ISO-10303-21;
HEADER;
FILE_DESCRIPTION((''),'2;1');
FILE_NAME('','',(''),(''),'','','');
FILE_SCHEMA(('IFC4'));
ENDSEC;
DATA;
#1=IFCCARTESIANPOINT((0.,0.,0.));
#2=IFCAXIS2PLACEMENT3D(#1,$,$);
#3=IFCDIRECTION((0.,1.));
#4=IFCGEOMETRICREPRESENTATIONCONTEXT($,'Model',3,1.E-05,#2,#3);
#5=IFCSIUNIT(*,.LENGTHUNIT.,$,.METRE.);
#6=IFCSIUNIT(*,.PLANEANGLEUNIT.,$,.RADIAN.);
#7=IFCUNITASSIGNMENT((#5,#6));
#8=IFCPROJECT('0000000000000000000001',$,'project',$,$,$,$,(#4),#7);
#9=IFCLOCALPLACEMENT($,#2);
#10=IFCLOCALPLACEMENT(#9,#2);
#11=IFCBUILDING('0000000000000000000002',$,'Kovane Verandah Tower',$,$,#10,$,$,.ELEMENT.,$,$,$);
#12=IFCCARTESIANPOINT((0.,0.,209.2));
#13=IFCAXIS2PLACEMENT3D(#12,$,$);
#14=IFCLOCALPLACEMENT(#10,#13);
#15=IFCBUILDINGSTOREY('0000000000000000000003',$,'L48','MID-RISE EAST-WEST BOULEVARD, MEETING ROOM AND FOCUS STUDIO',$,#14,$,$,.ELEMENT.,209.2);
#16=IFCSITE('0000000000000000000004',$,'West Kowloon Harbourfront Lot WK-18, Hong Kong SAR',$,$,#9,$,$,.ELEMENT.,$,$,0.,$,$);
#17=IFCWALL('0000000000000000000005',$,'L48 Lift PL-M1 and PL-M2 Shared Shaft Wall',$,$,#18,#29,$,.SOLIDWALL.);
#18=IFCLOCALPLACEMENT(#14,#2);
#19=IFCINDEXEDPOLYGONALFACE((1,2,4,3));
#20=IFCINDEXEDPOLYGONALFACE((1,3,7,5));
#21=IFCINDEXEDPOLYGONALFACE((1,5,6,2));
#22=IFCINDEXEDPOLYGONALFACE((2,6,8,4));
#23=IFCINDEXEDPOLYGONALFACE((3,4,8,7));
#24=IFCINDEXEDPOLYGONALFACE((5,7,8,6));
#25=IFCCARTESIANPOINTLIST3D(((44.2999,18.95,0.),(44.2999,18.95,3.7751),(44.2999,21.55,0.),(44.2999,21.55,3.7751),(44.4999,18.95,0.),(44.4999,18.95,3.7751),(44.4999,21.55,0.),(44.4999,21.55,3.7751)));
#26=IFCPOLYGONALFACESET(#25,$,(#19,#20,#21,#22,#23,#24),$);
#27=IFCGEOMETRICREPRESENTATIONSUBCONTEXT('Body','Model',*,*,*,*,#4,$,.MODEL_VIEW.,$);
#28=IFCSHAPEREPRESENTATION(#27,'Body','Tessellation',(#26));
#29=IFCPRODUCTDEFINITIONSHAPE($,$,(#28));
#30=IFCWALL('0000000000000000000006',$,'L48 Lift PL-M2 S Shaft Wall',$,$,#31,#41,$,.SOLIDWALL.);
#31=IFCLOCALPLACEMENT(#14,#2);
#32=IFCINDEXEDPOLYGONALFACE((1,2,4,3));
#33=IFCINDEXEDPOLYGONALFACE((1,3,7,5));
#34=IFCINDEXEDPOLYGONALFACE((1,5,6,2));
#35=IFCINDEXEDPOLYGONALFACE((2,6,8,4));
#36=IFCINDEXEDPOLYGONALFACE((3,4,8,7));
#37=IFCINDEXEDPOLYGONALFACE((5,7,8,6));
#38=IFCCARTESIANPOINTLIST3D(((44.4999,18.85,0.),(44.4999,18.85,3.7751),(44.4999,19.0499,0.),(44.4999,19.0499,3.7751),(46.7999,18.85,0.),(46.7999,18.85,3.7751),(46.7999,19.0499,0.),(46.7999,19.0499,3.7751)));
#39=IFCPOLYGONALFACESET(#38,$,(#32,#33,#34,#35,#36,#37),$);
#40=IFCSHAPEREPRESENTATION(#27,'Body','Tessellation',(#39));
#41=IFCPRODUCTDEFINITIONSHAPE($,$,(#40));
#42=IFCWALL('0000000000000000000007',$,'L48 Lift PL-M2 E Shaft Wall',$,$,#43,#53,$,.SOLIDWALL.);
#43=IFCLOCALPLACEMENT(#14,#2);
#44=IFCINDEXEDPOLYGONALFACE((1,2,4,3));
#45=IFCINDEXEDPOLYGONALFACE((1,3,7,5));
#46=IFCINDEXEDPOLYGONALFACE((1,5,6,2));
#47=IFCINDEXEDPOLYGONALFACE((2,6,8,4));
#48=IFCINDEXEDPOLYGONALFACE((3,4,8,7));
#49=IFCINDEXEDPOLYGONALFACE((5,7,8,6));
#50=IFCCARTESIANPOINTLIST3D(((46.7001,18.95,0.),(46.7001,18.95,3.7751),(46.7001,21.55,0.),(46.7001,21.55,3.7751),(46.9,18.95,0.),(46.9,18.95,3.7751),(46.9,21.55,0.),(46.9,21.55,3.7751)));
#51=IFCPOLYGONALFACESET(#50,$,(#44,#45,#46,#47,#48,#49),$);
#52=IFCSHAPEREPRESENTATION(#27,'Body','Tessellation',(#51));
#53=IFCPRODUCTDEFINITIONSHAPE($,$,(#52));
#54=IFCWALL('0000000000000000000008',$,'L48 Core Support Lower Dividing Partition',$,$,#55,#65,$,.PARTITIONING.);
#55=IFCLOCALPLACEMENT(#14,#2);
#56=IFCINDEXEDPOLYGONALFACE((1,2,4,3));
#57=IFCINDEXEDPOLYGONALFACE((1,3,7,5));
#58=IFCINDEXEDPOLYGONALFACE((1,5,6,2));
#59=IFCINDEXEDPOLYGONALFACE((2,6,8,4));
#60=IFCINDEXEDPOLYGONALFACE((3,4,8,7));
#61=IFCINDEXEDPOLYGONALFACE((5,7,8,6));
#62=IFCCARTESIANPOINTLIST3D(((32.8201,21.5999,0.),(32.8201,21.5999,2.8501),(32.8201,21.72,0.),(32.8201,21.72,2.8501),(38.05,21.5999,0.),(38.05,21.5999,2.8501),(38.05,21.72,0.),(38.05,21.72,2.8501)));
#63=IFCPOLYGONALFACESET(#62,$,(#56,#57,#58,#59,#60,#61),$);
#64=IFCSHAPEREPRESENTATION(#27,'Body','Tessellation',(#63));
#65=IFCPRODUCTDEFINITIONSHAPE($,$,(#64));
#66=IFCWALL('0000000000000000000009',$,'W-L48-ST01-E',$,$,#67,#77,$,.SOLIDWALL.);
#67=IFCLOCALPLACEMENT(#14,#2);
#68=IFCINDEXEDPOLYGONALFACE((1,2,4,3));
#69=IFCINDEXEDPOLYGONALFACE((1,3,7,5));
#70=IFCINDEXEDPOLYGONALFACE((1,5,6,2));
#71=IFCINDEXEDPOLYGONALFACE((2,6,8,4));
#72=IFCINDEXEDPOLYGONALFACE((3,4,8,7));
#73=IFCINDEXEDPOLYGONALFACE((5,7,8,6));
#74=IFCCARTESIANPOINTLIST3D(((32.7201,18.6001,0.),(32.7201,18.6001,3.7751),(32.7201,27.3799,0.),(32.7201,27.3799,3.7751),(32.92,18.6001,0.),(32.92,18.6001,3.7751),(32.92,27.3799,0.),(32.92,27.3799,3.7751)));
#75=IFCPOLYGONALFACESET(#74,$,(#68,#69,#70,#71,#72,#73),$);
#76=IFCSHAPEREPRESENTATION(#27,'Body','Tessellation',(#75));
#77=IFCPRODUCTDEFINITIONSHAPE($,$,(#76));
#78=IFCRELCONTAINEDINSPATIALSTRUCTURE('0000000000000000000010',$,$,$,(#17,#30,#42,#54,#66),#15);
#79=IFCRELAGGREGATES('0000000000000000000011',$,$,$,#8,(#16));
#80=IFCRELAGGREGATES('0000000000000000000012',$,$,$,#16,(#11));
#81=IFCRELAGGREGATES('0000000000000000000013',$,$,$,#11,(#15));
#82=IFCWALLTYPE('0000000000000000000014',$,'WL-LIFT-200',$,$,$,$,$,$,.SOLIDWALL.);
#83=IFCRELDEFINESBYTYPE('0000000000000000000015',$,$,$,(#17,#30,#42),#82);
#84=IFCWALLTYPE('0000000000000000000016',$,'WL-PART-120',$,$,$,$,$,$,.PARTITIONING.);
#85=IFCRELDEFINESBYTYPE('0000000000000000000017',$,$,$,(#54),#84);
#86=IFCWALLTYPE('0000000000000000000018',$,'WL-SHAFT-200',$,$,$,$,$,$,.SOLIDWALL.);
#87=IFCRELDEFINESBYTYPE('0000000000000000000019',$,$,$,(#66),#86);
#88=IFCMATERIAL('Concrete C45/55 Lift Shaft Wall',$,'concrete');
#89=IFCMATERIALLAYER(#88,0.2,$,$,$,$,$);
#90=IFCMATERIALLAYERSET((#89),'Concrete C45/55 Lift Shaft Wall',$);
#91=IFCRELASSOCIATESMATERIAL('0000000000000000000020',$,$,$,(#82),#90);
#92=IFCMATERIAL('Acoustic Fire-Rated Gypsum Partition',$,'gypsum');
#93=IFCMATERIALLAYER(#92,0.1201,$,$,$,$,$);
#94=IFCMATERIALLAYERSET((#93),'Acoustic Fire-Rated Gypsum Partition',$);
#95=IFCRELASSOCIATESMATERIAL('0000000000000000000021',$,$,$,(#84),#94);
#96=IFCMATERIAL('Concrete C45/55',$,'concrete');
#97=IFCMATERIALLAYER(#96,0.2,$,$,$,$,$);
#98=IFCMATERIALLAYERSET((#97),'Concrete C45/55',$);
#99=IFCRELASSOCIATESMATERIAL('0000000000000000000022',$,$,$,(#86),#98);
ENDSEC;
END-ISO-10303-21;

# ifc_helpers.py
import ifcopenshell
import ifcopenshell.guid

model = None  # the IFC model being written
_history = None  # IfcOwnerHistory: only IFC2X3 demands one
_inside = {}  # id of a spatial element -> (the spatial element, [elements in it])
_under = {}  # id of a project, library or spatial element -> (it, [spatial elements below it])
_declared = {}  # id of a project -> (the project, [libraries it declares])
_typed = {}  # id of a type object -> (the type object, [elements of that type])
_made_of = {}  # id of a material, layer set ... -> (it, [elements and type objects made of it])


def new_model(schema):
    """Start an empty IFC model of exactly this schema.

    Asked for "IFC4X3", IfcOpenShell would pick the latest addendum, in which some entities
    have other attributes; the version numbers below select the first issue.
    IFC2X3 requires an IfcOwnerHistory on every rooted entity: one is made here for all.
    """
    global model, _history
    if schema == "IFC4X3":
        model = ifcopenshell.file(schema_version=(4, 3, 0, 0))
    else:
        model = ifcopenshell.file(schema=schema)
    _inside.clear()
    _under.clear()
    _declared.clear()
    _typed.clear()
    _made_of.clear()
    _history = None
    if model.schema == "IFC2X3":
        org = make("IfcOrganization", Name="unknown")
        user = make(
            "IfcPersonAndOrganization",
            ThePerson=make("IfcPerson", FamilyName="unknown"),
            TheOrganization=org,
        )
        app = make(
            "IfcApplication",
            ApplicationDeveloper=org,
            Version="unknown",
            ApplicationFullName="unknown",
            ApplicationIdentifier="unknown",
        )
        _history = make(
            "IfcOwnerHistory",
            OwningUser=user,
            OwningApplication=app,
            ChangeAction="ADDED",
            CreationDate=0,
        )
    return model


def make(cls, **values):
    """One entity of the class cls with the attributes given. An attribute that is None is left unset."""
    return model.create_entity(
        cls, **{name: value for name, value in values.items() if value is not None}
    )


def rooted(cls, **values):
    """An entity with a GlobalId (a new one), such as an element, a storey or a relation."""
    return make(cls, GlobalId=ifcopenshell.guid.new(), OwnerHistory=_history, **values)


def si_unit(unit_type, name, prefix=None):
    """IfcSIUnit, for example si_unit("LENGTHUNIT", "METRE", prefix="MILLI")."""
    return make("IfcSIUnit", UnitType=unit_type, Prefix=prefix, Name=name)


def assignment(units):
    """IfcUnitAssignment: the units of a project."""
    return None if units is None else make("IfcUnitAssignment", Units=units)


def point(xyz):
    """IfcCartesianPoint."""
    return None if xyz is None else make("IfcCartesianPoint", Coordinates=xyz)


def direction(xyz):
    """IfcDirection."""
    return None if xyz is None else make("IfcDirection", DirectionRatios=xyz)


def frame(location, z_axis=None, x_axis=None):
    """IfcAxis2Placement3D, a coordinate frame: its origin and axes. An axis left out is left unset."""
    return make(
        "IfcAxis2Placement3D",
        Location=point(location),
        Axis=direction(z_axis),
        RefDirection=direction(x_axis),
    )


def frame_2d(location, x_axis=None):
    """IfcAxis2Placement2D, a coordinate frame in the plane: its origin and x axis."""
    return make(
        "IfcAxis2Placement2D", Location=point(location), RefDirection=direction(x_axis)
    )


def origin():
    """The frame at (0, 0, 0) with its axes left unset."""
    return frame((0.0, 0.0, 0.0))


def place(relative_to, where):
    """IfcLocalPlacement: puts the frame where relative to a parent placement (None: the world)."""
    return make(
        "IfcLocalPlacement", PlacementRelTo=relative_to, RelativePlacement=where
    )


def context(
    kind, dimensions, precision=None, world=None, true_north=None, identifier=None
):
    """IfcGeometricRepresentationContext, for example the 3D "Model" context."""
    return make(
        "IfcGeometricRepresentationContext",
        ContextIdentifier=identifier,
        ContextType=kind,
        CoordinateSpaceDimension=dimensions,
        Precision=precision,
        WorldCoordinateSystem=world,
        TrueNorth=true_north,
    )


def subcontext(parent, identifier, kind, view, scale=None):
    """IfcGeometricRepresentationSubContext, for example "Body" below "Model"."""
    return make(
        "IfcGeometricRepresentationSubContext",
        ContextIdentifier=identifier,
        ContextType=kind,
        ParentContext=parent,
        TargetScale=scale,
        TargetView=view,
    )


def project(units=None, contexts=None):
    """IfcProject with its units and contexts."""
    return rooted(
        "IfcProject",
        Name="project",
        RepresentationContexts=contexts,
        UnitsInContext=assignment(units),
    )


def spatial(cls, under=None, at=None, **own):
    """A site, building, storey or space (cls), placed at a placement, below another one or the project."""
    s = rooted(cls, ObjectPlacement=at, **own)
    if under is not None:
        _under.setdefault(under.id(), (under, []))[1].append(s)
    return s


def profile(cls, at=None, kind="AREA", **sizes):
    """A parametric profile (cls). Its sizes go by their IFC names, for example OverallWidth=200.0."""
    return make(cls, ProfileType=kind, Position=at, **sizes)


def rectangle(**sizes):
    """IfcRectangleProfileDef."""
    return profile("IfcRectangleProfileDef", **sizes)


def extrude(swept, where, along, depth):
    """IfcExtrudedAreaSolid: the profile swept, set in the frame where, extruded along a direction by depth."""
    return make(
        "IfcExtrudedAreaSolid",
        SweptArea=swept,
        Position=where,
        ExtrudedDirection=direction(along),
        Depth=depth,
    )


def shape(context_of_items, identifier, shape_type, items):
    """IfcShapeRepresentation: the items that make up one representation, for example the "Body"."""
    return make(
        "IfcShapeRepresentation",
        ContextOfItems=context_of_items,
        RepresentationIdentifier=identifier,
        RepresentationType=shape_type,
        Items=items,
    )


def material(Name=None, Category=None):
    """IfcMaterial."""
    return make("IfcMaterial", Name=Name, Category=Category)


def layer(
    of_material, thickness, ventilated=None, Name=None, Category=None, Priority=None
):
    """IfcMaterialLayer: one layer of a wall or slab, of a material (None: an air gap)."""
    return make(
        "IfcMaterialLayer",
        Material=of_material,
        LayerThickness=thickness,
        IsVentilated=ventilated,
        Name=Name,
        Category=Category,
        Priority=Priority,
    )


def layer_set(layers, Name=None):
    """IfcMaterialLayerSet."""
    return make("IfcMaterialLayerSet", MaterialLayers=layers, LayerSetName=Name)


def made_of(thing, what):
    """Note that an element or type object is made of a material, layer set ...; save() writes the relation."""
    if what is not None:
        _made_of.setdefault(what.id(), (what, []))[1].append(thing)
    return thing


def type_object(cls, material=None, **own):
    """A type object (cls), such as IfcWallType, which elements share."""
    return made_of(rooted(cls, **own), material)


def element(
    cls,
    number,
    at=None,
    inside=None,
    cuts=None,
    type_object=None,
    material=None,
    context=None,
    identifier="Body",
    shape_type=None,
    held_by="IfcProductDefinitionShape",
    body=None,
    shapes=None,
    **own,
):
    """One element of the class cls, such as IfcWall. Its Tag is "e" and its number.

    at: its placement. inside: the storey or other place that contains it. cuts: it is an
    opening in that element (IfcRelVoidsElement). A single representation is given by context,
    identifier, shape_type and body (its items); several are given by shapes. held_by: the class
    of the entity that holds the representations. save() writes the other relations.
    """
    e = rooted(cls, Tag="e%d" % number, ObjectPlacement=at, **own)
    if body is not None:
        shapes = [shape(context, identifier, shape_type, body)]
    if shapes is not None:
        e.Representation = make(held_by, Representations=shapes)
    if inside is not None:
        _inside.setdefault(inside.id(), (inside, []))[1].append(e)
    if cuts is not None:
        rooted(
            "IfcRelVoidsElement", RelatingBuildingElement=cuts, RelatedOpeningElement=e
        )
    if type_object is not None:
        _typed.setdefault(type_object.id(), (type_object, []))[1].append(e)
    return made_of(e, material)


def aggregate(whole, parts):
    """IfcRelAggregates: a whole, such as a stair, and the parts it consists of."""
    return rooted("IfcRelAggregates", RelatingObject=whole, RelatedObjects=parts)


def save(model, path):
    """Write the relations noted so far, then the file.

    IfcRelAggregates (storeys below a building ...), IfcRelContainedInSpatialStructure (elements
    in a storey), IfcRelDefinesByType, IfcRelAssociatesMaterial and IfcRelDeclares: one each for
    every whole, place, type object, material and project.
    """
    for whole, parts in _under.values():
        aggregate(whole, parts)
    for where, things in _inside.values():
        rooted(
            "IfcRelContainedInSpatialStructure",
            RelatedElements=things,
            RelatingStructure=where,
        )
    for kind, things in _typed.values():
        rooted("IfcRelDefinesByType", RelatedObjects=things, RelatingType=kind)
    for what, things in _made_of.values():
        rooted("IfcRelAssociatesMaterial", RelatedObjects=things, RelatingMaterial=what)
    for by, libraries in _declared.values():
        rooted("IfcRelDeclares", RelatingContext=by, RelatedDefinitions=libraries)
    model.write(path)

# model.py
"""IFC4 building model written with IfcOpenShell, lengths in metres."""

from ifc_helpers import new_model, si_unit, direction, frame, frame_2d, origin, place, context, subcontext, project, spatial, rectangle, extrude, material, layer, layer_set, type_object, element, save


model = new_model("IFC4")

# Units and contexts
model_context = context("Model", 3, precision=1e-05, world=origin(), true_north=direction((0.0, 1.0)))
body_context = subcontext(model_context, "Body", "Model", "MODEL_VIEW")
ifc_project = project(units=[si_unit("LENGTHUNIT", "METRE"), si_unit("PLANEANGLEUNIT", "RADIAN")], contexts=[model_context])

# Site, building, storey
site_placement = place(None, origin())
site = spatial("IfcSite", under=ifc_project, at=site_placement, Name="West Kowloon Harbourfront Lot WK-18, Hong Kong SAR", CompositionType="ELEMENT", RefElevation=0.0)
building_placement = place(site_placement, origin())
building = spatial("IfcBuilding", under=site, at=building_placement, Name="Kovane Verandah Tower", CompositionType="ELEMENT")
storey_placement = place(building_placement, frame((0.0, 0.0, 209.2)))
storey = spatial("IfcBuildingStorey", under=building, at=storey_placement, Name="L48", Description="MID-RISE EAST-WEST BOULEVARD, MEETING ROOM AND FOCUS STUDIO", CompositionType="ELEMENT", Elevation=209.2)

# Shared definitions
ifc_material_1 = material(Name="Concrete C45/55 Lift Shaft Wall", Category="concrete")
ifc_layer_1 = layer(ifc_material_1, 0.2)
ifc_layer_set_1 = layer_set([ifc_layer_1], Name="Concrete C45/55 Lift Shaft Wall")
wall_type_1 = type_object("IfcWallType", Name="WL-LIFT-200", PredefinedType="SOLIDWALL", material=ifc_layer_set_1)

# Walls
wall_1_placement = place(storey_placement, frame((44.3999, 18.95, 0.0), z_axis=(0.0, 0.0, 1.0), x_axis=(0.0, 1.0, 0.0)))
element("IfcWall", 1, at=wall_1_placement, inside=storey, type_object=wall_type_1, Name="L48 Lift PL-M1 and PL-M2 Shared Shaft Wall", PredefinedType="SOLIDWALL", context=body_context, shape_type="SweptSolid", body=[
    extrude(rectangle(XDim=2.6001, YDim=0.2, at=frame_2d((1.3, 0.0))), origin(), (0.0, 0.0, 1.0), 3.7751),
])
wall_2_placement = place(storey_placement, frame((44.5, 18.95, 0.0), z_axis=(0.0, 0.0, 1.0), x_axis=(1.0, 0.0, 0.0)))
element("IfcWall", 2, at=wall_2_placement, inside=storey, type_object=wall_type_1, Name="L48 Lift PL-M2 S Shaft Wall", PredefinedType="SOLIDWALL", context=body_context, shape_type="SweptSolid", body=[
    extrude(rectangle(XDim=2.3, YDim=0.2, at=frame_2d((1.1499, 0.0))), origin(), (0.0, 0.0, 1.0), 3.7751),
])

# Wall
wall_3_placement = place(storey_placement, frame((46.8, 18.95, 0.0), z_axis=(0.0, 0.0, 1.0), x_axis=(0.0, 1.0, 0.0)))
element("IfcWall", 3, at=wall_3_placement, inside=storey, type_object=wall_type_1, Name="L48 Lift PL-M2 E Shaft Wall", PredefinedType="SOLIDWALL", context=body_context, shape_type="SweptSolid", body=[
    extrude(rectangle(XDim=2.6001, YDim=0.2, at=frame_2d((1.3, 0.0))), origin(), (0.0, 0.0, 1.0), 3.7751),
])

# Walls
ifc_material_2 = material(Name="Acoustic Fire-Rated Gypsum Partition", Category="gypsum")
ifc_layer_2 = layer(ifc_material_2, 0.1201)
ifc_layer_set_2 = layer_set([ifc_layer_2], Name="Acoustic Fire-Rated Gypsum Partition")
wall_type_2 = type_object("IfcWallType", Name="WL-PART-120", PredefinedType="PARTITIONING", material=ifc_layer_set_2)
wall_4_placement = place(storey_placement, frame((32.8201, 21.6599, 0.0), z_axis=(0.0, 0.0, 1.0), x_axis=(1.0, 0.0, 0.0)))
element("IfcWall", 4, at=wall_4_placement, inside=storey, type_object=wall_type_2, Name="L48 Core Support Lower Dividing Partition", PredefinedType="PARTITIONING", context=body_context, shape_type="SweptSolid", body=[
    extrude(rectangle(XDim=5.23, YDim=0.1201, at=frame_2d((2.615, 0.0))), origin(), (0.0, 0.0, 1.0), 2.8501),
])
ifc_material_3 = material(Name="Concrete C45/55", Category="concrete")
ifc_layer_3 = layer(ifc_material_3, 0.2)
ifc_layer_set_3 = layer_set([ifc_layer_3], Name="Concrete C45/55")
wall_type_3 = type_object("IfcWallType", Name="WL-SHAFT-200", PredefinedType="SOLIDWALL", material=ifc_layer_set_3)
wall_5_placement = place(storey_placement, frame((32.8201, 18.6001, 0.0), z_axis=(0.0, 0.0, 1.0), x_axis=(0.0, 1.0, 0.0)))
element("IfcWall", 5, at=wall_5_placement, inside=storey, type_object=wall_type_3, Name="W-L48-ST01-E", PredefinedType="SOLIDWALL", context=body_context, shape_type="SweptSolid", body=[
    extrude(rectangle(XDim=8.7798, YDim=0.2, at=frame_2d((4.3899, 0.0))), origin(), (0.0, 0.0, 1.0), 3.7751),
])

save(model, "model.ifc")
